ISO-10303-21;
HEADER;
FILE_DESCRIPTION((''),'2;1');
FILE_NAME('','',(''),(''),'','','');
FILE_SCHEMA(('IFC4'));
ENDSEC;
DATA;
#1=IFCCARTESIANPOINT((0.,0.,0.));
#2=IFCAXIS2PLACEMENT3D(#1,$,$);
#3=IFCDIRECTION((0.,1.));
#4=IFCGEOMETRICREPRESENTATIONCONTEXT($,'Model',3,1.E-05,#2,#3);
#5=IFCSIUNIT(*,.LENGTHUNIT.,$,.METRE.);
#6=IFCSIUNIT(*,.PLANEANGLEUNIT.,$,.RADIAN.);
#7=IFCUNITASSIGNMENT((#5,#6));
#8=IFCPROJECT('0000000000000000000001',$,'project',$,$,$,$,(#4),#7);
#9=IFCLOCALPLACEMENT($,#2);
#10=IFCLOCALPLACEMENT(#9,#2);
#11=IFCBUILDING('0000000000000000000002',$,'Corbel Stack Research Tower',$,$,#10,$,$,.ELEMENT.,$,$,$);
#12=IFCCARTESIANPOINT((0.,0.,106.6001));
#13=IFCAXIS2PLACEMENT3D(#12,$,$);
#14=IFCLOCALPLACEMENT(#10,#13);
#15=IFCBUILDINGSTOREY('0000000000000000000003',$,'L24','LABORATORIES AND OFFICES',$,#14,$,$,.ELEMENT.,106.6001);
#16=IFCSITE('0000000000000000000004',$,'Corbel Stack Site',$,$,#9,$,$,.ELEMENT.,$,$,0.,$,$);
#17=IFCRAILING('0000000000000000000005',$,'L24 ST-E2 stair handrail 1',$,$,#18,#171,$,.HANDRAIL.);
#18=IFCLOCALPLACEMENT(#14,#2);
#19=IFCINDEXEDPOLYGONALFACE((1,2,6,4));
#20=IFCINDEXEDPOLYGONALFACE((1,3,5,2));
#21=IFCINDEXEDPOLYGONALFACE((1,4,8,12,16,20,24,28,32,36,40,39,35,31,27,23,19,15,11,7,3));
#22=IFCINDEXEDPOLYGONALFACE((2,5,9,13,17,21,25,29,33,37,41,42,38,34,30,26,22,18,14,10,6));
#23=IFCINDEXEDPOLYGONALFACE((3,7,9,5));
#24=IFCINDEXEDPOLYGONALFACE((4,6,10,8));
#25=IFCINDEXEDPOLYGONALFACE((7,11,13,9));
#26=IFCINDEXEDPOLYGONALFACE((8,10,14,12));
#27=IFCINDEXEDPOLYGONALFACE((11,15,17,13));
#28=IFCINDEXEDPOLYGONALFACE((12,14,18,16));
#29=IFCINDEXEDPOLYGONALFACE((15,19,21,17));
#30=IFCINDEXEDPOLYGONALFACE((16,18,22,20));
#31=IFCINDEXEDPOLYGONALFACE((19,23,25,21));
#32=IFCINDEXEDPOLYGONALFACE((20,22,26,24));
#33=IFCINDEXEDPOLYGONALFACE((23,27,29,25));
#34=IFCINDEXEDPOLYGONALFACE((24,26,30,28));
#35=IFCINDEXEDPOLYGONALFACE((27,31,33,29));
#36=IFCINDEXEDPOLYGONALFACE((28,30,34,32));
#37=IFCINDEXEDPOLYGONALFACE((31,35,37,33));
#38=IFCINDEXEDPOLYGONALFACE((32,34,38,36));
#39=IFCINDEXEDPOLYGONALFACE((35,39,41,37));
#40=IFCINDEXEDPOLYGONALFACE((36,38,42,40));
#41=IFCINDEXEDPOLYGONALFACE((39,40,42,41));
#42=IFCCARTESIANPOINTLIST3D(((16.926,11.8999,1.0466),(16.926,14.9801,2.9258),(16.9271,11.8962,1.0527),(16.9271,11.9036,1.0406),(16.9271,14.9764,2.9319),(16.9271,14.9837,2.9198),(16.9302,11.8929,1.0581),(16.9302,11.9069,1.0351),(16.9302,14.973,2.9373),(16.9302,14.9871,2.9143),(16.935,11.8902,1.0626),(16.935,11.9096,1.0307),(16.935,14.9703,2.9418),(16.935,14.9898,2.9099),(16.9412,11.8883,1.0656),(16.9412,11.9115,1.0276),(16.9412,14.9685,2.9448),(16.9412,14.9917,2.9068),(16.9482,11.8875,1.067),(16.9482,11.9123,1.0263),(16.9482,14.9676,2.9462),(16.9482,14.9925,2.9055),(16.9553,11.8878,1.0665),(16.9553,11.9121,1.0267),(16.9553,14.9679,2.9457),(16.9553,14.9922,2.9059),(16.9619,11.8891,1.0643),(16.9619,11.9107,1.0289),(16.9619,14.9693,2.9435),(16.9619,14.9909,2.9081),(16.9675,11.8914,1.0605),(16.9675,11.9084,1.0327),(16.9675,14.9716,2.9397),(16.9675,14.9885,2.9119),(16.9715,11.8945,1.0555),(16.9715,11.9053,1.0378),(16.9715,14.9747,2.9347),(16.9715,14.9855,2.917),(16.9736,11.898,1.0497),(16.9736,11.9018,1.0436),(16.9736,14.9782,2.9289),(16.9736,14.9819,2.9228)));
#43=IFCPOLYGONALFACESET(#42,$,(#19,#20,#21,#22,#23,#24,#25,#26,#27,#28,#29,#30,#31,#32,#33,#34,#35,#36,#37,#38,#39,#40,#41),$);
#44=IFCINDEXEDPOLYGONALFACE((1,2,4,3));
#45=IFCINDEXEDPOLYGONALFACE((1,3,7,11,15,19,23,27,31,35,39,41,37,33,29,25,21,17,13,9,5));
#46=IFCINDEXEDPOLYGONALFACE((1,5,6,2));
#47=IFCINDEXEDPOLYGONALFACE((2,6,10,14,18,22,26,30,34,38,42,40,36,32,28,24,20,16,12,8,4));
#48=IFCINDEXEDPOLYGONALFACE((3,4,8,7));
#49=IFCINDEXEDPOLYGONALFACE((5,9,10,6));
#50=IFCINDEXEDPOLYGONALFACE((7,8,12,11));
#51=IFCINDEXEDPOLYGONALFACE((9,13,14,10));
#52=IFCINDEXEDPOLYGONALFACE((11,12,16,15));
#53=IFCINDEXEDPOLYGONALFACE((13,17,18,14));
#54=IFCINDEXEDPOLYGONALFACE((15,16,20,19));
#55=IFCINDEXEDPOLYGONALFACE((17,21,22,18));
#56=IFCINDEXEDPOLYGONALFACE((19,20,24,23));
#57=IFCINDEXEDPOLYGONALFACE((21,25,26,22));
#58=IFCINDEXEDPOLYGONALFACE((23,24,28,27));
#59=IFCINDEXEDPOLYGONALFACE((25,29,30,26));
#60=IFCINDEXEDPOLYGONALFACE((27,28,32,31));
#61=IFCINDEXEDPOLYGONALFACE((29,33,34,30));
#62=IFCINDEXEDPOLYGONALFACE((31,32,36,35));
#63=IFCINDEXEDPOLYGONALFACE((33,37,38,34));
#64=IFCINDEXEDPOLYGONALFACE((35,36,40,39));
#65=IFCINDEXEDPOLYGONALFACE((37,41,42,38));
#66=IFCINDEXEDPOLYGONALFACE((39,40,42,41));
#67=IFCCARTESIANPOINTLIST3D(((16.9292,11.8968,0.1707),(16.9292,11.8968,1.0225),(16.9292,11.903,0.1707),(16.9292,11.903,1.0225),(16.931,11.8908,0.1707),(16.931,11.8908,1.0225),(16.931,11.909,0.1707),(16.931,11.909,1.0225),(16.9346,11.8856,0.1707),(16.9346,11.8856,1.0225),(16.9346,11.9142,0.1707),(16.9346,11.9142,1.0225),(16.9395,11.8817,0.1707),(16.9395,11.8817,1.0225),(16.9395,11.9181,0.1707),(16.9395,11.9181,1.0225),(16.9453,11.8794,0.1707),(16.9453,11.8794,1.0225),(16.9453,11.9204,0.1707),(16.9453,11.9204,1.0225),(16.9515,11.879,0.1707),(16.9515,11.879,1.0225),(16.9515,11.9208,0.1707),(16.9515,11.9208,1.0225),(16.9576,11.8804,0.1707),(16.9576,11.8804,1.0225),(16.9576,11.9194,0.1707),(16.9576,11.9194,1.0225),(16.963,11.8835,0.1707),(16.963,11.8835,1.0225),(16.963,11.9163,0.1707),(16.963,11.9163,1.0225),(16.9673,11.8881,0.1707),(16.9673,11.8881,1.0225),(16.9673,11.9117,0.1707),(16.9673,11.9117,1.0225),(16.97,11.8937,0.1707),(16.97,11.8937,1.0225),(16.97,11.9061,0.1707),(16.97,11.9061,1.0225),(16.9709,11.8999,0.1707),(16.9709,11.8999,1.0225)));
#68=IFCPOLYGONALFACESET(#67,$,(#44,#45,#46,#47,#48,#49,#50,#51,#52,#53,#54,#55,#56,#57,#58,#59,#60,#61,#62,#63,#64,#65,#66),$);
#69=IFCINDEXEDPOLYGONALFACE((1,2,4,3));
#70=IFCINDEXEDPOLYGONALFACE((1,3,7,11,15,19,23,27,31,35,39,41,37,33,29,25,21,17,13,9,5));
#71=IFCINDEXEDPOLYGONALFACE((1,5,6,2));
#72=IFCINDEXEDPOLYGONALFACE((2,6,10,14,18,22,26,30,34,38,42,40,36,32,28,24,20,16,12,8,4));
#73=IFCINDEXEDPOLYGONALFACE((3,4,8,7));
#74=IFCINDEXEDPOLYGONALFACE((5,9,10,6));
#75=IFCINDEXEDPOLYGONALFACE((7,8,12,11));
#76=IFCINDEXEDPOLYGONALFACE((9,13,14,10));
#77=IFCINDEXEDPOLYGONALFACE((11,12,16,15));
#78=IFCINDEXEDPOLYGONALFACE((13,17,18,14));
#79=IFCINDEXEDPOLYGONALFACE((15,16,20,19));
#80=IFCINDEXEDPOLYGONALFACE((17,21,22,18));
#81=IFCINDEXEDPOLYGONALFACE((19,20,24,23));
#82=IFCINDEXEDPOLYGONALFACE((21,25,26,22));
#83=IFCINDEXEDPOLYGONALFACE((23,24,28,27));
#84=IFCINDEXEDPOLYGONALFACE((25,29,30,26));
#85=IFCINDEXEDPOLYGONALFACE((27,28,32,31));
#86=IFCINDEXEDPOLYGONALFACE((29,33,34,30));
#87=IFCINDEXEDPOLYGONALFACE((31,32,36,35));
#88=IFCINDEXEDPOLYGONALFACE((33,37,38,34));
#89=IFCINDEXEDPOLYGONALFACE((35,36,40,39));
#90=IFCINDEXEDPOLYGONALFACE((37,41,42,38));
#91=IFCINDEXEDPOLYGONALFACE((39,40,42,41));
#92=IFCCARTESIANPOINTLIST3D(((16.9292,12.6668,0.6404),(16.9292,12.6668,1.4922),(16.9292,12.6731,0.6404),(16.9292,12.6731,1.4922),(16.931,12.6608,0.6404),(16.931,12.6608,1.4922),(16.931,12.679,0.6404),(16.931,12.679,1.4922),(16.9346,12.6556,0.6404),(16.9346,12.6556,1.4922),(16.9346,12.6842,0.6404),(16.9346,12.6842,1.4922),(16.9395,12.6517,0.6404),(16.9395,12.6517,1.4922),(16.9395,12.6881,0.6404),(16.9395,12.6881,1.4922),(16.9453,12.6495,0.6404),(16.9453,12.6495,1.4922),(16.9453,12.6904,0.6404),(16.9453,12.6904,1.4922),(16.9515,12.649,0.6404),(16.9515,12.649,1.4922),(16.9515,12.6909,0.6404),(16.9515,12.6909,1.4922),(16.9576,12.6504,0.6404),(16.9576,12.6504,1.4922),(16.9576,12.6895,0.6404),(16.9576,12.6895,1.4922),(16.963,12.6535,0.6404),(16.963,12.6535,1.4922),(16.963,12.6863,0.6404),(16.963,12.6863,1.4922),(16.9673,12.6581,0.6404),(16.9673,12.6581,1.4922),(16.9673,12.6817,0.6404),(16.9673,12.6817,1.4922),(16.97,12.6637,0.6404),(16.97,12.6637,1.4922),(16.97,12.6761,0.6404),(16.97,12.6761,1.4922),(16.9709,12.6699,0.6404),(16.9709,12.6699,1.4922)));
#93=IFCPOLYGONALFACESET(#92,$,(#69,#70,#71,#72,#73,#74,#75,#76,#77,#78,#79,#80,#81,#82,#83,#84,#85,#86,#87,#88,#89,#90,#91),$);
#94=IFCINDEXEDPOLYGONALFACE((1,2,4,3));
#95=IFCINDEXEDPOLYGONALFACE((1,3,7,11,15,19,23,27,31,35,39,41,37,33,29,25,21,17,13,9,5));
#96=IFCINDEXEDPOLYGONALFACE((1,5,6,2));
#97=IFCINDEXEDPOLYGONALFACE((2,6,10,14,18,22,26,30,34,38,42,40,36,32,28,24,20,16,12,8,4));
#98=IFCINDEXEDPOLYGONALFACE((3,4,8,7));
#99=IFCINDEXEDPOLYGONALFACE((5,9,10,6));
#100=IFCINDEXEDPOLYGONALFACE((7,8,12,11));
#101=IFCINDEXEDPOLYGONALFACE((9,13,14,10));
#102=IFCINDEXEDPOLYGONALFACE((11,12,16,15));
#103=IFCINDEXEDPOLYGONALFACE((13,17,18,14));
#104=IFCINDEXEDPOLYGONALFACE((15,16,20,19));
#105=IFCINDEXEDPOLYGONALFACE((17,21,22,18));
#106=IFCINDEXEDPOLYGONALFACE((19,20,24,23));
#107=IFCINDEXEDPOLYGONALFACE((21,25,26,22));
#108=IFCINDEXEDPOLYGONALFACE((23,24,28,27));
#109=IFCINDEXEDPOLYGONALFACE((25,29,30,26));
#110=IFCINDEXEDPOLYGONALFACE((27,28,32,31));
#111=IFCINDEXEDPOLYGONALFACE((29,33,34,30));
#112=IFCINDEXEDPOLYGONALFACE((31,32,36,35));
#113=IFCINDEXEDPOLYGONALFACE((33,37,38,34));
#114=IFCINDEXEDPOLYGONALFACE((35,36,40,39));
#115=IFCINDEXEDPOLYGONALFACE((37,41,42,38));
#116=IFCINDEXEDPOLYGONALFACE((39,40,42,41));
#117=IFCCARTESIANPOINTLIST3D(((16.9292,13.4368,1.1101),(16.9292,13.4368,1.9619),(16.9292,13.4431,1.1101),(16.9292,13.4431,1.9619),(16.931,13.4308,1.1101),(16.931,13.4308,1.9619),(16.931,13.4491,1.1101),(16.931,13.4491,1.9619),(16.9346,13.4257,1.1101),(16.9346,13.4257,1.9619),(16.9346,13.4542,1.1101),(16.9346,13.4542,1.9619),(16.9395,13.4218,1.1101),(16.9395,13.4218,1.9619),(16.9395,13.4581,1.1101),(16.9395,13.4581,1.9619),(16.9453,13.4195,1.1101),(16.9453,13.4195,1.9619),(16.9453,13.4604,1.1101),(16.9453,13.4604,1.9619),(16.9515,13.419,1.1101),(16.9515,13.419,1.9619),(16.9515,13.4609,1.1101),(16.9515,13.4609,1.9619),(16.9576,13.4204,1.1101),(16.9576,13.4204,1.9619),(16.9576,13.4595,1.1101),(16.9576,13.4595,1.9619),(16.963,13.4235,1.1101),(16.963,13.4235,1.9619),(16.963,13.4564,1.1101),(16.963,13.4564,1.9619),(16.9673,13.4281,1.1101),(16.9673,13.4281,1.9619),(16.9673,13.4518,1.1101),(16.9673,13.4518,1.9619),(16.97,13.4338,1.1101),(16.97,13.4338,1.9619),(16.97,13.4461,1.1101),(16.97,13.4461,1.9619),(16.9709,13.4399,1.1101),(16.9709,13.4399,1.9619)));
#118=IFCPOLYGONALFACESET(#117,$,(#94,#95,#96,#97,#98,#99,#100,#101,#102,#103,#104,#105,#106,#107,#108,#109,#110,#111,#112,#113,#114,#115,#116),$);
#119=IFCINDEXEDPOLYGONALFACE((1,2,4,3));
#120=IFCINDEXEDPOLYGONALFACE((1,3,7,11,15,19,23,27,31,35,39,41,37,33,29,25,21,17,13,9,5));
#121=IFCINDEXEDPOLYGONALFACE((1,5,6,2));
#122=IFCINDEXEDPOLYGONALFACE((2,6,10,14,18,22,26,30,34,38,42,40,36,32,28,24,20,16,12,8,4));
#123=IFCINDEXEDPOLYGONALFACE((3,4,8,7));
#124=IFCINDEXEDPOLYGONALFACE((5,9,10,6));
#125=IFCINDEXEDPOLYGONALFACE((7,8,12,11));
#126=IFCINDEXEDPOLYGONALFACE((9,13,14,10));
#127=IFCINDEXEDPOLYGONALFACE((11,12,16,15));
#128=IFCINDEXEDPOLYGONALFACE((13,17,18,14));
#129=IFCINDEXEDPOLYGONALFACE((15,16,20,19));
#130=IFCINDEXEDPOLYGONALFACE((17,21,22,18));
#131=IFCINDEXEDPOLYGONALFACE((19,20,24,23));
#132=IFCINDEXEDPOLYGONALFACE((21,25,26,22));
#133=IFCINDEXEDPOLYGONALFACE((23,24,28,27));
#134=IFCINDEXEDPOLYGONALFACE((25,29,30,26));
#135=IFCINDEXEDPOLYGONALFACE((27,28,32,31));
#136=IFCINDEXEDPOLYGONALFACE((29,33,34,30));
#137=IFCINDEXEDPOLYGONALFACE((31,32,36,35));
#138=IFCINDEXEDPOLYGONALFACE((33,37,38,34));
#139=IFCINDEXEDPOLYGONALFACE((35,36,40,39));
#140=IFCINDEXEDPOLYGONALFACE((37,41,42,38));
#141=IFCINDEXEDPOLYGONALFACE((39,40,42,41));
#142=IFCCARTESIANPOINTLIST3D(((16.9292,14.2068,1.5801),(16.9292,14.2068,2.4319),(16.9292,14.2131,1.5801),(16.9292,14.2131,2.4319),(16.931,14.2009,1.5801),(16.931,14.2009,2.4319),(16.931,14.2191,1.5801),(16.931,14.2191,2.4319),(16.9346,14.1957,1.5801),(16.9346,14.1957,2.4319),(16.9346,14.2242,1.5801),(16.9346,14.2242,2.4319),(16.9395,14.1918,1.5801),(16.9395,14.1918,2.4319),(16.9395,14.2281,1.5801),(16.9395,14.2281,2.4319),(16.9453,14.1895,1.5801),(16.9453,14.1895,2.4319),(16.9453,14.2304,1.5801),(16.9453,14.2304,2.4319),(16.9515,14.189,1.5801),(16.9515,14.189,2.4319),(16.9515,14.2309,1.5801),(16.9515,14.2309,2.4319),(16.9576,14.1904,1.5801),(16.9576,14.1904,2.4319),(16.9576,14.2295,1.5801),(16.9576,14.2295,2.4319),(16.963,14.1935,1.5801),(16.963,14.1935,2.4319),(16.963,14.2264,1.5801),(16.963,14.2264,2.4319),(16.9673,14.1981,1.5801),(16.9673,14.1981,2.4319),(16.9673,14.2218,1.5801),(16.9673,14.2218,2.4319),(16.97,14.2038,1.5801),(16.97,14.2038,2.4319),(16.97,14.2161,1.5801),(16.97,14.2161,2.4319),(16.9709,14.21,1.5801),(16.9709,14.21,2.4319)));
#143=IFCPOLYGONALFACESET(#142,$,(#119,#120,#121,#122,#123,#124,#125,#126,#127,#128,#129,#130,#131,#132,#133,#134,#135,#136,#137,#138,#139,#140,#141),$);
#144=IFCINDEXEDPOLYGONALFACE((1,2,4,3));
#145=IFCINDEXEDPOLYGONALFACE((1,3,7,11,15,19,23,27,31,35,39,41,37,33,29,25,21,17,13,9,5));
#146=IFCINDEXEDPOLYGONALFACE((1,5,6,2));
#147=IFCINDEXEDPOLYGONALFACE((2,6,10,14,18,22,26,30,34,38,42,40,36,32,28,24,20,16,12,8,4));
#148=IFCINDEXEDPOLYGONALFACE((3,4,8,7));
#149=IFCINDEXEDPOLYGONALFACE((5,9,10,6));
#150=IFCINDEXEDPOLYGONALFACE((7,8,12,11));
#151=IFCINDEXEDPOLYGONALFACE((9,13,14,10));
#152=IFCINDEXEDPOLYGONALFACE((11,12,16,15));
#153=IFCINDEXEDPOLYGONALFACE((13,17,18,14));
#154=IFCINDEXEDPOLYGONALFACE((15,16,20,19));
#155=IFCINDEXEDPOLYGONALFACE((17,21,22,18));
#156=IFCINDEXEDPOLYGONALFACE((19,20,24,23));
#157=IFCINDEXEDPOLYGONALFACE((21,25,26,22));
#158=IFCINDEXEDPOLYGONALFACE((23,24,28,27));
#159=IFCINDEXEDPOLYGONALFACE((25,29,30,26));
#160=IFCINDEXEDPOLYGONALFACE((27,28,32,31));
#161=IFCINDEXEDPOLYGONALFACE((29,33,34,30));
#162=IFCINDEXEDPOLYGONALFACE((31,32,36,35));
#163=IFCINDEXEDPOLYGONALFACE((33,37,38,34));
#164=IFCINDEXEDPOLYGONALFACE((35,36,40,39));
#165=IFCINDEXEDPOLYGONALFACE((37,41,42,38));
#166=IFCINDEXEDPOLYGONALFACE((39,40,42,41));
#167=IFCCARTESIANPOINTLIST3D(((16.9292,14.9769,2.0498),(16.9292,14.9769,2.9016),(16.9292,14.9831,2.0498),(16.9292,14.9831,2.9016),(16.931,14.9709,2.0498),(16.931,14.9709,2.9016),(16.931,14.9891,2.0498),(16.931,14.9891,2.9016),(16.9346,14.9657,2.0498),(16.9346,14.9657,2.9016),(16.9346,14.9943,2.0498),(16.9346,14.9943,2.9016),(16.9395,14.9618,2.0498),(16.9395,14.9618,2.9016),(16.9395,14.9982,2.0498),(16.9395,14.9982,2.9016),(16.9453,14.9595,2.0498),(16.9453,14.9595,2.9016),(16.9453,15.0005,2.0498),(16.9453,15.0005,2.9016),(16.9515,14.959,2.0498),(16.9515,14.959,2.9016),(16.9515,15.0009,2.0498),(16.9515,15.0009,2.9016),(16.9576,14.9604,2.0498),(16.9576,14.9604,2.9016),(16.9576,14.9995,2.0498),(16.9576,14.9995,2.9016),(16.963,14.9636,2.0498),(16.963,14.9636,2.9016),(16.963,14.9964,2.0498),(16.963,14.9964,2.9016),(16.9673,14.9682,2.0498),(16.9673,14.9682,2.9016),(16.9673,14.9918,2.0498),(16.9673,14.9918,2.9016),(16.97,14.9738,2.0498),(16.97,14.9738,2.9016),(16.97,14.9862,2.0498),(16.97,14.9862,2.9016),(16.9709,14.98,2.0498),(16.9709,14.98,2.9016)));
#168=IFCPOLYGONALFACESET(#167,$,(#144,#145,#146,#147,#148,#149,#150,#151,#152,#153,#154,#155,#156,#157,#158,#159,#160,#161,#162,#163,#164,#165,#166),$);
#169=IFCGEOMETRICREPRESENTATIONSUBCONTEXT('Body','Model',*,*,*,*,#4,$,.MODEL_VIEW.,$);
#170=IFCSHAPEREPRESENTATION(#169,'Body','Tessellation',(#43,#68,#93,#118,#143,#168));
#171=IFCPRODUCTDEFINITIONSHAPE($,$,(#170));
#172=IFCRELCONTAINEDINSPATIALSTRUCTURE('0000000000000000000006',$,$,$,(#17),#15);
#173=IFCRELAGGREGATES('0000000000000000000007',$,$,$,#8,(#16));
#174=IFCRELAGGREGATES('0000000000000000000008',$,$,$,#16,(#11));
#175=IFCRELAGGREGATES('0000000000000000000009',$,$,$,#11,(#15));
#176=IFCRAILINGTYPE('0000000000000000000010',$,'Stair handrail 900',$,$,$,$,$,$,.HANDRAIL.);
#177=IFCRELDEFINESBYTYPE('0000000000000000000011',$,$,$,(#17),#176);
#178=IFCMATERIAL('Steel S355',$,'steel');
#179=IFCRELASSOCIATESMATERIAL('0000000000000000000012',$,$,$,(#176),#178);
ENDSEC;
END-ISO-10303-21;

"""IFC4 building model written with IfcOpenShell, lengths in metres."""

from ifc_helpers import new_model, si_unit, direction, frame, origin, origin_2d, place, context, subcontext, project, spatial, circle, extrude, material, type_object, element, save


model = new_model("IFC4")

# Units and contexts
model_context = context("Model", 3, precision=1e-05, world=origin(), true_north=direction((0.0, 1.0)))
body_context = subcontext(model_context, "Body", "Model", "MODEL_VIEW")
ifc_project = project(units=[si_unit("LENGTHUNIT", "METRE"), si_unit("PLANEANGLEUNIT", "RADIAN")], contexts=[model_context])

# Site, building, storey
site_placement = place(None, origin())
site = spatial("IfcSite", under=ifc_project, at=site_placement, Name="Corbel Stack Site", CompositionType="ELEMENT", RefElevation=0.0)
building_placement = place(site_placement, origin())
building = spatial("IfcBuilding", under=site, at=building_placement, Name="Corbel Stack Research Tower", CompositionType="ELEMENT")
storey_placement = place(building_placement, frame((0.0, 0.0, 106.6001)))
storey = spatial("IfcBuildingStorey", under=building, at=storey_placement, Name="L24", Description="LABORATORIES AND OFFICES", CompositionType="ELEMENT", Elevation=106.6001)

# Railing
ifc_material_1 = material(Name="Steel S355", Category="steel")
railing_type_1 = type_object("IfcRailingType", Name="Stair handrail 900", PredefinedType="HANDRAIL", material=ifc_material_1)
railing_1_placement = place(storey_placement, frame((16.95, 11.8999, 0.1707)))
element("IfcRailing", 1, at=railing_1_placement, inside=storey, type_object=railing_type_1, Name="L24 ST-E2 stair handrail 1", PredefinedType="HANDRAIL", context=body_context, shape_type="SweptSolid", body=[
    extrude(circle(Radius=0.0239, at=origin_2d()), frame((0.0, 0.0, 0.876), z_axis=(0.0, 0.853666, 0.52082), x_axis=(-1.0, 0.0, 0.0)), (0.0, 0.0, 1.0), 3.6082),
    extrude(circle(Radius=0.021, at=origin_2d()), origin(), (0.0, 0.0, 1.0), 0.8518),
    extrude(circle(Radius=0.021, at=origin_2d()), frame((0.0, 0.77, 0.4697)), (0.0, 0.0, 1.0), 0.8518),
    extrude(circle(Radius=0.021, at=origin_2d()), frame((0.0, 1.54, 0.9395)), (0.0, 0.0, 1.0), 0.8518),
    extrude(circle(Radius=0.021, at=origin_2d()), frame((0.0, 2.3101, 1.4094)), (0.0, 0.0, 1.0), 0.8518),
    extrude(circle(Radius=0.021, at=origin_2d()), frame((0.0, 3.0801, 1.8792)), (0.0, 0.0, 1.0), 0.8518),
])

save(model, "model.ifc")
